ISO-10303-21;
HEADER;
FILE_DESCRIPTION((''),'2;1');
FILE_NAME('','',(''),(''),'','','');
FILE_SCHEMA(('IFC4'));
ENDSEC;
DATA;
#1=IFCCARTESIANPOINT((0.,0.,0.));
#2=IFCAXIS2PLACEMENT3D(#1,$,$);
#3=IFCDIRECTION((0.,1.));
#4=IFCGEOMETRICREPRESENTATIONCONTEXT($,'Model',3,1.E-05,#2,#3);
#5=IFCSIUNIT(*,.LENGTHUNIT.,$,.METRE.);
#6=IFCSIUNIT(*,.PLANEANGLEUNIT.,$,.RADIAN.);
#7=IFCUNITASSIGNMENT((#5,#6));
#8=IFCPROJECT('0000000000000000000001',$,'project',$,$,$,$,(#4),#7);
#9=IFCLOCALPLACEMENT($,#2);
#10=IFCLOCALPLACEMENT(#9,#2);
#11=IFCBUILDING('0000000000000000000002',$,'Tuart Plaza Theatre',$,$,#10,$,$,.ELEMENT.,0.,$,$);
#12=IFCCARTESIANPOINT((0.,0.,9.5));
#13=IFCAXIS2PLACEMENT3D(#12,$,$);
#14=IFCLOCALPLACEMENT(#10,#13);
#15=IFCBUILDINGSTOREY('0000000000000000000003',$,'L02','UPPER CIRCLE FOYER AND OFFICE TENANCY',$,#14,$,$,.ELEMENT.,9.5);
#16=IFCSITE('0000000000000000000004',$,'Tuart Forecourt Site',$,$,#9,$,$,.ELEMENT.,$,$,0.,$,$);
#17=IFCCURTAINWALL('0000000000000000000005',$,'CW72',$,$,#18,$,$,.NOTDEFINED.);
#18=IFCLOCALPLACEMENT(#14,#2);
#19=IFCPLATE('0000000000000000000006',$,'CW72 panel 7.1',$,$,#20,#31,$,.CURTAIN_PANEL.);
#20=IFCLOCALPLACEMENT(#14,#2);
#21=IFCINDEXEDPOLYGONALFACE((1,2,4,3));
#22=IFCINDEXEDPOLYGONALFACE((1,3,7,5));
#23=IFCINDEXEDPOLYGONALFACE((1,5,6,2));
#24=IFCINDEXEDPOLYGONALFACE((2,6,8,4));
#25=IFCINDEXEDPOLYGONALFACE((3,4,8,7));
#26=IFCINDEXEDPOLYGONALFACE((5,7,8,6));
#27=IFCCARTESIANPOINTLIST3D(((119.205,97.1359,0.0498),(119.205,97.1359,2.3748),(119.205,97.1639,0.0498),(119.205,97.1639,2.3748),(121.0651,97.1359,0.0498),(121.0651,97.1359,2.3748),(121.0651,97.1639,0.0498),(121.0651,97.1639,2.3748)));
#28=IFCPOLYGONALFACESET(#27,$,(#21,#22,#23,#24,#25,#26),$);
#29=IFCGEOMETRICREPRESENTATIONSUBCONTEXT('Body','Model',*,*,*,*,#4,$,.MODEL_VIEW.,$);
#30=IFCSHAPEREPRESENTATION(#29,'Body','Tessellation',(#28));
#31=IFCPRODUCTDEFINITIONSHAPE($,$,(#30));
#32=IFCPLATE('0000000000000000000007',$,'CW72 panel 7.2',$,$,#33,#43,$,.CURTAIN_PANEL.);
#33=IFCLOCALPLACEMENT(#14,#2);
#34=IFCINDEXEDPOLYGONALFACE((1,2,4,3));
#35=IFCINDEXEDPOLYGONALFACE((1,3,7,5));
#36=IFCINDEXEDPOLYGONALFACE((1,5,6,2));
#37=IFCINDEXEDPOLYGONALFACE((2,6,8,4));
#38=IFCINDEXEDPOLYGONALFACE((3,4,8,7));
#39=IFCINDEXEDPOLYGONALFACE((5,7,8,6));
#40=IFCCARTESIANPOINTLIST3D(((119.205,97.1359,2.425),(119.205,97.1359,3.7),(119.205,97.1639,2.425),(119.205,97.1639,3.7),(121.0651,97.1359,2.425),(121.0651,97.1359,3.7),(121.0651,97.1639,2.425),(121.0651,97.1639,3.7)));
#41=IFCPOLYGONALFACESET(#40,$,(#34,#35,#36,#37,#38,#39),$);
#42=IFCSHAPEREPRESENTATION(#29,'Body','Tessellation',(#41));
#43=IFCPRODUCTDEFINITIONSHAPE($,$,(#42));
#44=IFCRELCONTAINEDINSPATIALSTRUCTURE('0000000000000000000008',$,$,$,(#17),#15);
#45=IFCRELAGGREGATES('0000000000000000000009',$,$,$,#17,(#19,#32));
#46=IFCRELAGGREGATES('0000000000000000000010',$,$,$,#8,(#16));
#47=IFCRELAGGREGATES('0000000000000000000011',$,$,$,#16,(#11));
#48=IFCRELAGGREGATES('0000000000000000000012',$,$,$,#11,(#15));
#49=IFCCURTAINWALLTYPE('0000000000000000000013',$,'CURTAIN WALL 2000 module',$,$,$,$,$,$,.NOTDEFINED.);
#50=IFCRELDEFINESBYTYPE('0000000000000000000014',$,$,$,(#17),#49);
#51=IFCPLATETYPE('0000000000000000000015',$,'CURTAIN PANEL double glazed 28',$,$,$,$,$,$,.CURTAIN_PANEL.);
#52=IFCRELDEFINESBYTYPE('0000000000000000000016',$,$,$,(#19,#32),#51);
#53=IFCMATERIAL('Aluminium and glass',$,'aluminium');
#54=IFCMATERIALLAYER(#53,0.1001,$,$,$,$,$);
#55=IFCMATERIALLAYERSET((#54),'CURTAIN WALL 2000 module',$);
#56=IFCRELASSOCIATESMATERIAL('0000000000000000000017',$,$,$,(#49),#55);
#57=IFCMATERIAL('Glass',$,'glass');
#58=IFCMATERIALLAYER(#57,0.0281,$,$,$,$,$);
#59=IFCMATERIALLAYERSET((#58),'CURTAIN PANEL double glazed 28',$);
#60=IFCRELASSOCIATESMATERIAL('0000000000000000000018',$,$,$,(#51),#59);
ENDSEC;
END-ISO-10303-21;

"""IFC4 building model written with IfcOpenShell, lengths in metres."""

from ifc_helpers import new_model, si_unit, direction, frame, origin, origin_2d, place, context, subcontext, project, spatial, rectangle, extrude, material, layer, layer_set, type_object, element, aggregate, save


model = new_model("IFC4")

# Units and contexts
model_context = context("Model", 3, precision=1e-05, world=origin(), true_north=direction((0.0, 1.0)))
body_context = subcontext(model_context, "Body", "Model", "MODEL_VIEW")
ifc_project = project(units=[si_unit("LENGTHUNIT", "METRE"), si_unit("PLANEANGLEUNIT", "RADIAN")], contexts=[model_context])

# Site, building, storey
site_placement = place(None, origin())
site = spatial("IfcSite", under=ifc_project, at=site_placement, Name="Tuart Forecourt Site", CompositionType="ELEMENT", RefElevation=0.0)
building_placement = place(site_placement, origin())
building = spatial("IfcBuilding", under=site, at=building_placement, Name="Tuart Plaza Theatre", CompositionType="ELEMENT", ElevationOfRefHeight=0.0)
storey_placement = place(building_placement, frame((0.0, 0.0, 9.5)))
storey = spatial("IfcBuildingStorey", under=building, at=storey_placement, Name="L02", Description="UPPER CIRCLE FOYER AND OFFICE TENANCY", CompositionType="ELEMENT", Elevation=9.5)

# Curtain wall, plates
ifc_material_1 = material(Name="Aluminium and glass", Category="aluminium")
ifc_layer_1 = layer(ifc_material_1, 0.1001)
ifc_layer_set_1 = layer_set([ifc_layer_1], Name="CURTAIN WALL 2000 module")
curtain_wall_type = type_object("IfcCurtainWallType", Name="CURTAIN WALL 2000 module", PredefinedType="NOTDEFINED", material=ifc_layer_set_1)
curtain_wall_placement = place(storey_placement, origin())
curtain_wall = element("IfcCurtainWall", 1, at=curtain_wall_placement, inside=storey, type_object=curtain_wall_type, Name="CW72", PredefinedType="NOTDEFINED")
ifc_material_2 = material(Name="Glass", Category="glass")
ifc_layer_2 = layer(ifc_material_2, 0.0281)
ifc_layer_set_2 = layer_set([ifc_layer_2], Name="CURTAIN PANEL double glazed 28")
plate_type = type_object("IfcPlateType", Name="CURTAIN PANEL double glazed 28", PredefinedType="CURTAIN_PANEL", material=ifc_layer_set_2)
plate_1_placement = place(storey_placement, frame((120.135, 97.1499, 0.0498), z_axis=(0.0, 0.0, 1.0), x_axis=(-1.0, 0.0, 0.0)))
plate_1 = element("IfcPlate", 2, at=plate_1_placement, type_object=plate_type, Name="CW72 panel 7.1", PredefinedType="CURTAIN_PANEL", context=body_context, shape_type="SweptSolid", body=[
    extrude(rectangle(XDim=1.8601, YDim=0.0281, at=origin_2d()), origin(), (0.0, 0.0, 1.0), 2.325),
])
plate_2_placement = place(storey_placement, frame((120.135, 97.1499, 2.425), z_axis=(0.0, 0.0, 1.0), x_axis=(-1.0, 0.0, 0.0)))
plate_2 = element("IfcPlate", 3, at=plate_2_placement, type_object=plate_type, Name="CW72 panel 7.2", PredefinedType="CURTAIN_PANEL", context=body_context, shape_type="SweptSolid", body=[
    extrude(rectangle(XDim=1.8601, YDim=0.0281, at=origin_2d()), origin(), (0.0, 0.0, 1.0), 1.2749),
])
aggregate(curtain_wall, [plate_1, plate_2])

save(model, "model.ifc")
